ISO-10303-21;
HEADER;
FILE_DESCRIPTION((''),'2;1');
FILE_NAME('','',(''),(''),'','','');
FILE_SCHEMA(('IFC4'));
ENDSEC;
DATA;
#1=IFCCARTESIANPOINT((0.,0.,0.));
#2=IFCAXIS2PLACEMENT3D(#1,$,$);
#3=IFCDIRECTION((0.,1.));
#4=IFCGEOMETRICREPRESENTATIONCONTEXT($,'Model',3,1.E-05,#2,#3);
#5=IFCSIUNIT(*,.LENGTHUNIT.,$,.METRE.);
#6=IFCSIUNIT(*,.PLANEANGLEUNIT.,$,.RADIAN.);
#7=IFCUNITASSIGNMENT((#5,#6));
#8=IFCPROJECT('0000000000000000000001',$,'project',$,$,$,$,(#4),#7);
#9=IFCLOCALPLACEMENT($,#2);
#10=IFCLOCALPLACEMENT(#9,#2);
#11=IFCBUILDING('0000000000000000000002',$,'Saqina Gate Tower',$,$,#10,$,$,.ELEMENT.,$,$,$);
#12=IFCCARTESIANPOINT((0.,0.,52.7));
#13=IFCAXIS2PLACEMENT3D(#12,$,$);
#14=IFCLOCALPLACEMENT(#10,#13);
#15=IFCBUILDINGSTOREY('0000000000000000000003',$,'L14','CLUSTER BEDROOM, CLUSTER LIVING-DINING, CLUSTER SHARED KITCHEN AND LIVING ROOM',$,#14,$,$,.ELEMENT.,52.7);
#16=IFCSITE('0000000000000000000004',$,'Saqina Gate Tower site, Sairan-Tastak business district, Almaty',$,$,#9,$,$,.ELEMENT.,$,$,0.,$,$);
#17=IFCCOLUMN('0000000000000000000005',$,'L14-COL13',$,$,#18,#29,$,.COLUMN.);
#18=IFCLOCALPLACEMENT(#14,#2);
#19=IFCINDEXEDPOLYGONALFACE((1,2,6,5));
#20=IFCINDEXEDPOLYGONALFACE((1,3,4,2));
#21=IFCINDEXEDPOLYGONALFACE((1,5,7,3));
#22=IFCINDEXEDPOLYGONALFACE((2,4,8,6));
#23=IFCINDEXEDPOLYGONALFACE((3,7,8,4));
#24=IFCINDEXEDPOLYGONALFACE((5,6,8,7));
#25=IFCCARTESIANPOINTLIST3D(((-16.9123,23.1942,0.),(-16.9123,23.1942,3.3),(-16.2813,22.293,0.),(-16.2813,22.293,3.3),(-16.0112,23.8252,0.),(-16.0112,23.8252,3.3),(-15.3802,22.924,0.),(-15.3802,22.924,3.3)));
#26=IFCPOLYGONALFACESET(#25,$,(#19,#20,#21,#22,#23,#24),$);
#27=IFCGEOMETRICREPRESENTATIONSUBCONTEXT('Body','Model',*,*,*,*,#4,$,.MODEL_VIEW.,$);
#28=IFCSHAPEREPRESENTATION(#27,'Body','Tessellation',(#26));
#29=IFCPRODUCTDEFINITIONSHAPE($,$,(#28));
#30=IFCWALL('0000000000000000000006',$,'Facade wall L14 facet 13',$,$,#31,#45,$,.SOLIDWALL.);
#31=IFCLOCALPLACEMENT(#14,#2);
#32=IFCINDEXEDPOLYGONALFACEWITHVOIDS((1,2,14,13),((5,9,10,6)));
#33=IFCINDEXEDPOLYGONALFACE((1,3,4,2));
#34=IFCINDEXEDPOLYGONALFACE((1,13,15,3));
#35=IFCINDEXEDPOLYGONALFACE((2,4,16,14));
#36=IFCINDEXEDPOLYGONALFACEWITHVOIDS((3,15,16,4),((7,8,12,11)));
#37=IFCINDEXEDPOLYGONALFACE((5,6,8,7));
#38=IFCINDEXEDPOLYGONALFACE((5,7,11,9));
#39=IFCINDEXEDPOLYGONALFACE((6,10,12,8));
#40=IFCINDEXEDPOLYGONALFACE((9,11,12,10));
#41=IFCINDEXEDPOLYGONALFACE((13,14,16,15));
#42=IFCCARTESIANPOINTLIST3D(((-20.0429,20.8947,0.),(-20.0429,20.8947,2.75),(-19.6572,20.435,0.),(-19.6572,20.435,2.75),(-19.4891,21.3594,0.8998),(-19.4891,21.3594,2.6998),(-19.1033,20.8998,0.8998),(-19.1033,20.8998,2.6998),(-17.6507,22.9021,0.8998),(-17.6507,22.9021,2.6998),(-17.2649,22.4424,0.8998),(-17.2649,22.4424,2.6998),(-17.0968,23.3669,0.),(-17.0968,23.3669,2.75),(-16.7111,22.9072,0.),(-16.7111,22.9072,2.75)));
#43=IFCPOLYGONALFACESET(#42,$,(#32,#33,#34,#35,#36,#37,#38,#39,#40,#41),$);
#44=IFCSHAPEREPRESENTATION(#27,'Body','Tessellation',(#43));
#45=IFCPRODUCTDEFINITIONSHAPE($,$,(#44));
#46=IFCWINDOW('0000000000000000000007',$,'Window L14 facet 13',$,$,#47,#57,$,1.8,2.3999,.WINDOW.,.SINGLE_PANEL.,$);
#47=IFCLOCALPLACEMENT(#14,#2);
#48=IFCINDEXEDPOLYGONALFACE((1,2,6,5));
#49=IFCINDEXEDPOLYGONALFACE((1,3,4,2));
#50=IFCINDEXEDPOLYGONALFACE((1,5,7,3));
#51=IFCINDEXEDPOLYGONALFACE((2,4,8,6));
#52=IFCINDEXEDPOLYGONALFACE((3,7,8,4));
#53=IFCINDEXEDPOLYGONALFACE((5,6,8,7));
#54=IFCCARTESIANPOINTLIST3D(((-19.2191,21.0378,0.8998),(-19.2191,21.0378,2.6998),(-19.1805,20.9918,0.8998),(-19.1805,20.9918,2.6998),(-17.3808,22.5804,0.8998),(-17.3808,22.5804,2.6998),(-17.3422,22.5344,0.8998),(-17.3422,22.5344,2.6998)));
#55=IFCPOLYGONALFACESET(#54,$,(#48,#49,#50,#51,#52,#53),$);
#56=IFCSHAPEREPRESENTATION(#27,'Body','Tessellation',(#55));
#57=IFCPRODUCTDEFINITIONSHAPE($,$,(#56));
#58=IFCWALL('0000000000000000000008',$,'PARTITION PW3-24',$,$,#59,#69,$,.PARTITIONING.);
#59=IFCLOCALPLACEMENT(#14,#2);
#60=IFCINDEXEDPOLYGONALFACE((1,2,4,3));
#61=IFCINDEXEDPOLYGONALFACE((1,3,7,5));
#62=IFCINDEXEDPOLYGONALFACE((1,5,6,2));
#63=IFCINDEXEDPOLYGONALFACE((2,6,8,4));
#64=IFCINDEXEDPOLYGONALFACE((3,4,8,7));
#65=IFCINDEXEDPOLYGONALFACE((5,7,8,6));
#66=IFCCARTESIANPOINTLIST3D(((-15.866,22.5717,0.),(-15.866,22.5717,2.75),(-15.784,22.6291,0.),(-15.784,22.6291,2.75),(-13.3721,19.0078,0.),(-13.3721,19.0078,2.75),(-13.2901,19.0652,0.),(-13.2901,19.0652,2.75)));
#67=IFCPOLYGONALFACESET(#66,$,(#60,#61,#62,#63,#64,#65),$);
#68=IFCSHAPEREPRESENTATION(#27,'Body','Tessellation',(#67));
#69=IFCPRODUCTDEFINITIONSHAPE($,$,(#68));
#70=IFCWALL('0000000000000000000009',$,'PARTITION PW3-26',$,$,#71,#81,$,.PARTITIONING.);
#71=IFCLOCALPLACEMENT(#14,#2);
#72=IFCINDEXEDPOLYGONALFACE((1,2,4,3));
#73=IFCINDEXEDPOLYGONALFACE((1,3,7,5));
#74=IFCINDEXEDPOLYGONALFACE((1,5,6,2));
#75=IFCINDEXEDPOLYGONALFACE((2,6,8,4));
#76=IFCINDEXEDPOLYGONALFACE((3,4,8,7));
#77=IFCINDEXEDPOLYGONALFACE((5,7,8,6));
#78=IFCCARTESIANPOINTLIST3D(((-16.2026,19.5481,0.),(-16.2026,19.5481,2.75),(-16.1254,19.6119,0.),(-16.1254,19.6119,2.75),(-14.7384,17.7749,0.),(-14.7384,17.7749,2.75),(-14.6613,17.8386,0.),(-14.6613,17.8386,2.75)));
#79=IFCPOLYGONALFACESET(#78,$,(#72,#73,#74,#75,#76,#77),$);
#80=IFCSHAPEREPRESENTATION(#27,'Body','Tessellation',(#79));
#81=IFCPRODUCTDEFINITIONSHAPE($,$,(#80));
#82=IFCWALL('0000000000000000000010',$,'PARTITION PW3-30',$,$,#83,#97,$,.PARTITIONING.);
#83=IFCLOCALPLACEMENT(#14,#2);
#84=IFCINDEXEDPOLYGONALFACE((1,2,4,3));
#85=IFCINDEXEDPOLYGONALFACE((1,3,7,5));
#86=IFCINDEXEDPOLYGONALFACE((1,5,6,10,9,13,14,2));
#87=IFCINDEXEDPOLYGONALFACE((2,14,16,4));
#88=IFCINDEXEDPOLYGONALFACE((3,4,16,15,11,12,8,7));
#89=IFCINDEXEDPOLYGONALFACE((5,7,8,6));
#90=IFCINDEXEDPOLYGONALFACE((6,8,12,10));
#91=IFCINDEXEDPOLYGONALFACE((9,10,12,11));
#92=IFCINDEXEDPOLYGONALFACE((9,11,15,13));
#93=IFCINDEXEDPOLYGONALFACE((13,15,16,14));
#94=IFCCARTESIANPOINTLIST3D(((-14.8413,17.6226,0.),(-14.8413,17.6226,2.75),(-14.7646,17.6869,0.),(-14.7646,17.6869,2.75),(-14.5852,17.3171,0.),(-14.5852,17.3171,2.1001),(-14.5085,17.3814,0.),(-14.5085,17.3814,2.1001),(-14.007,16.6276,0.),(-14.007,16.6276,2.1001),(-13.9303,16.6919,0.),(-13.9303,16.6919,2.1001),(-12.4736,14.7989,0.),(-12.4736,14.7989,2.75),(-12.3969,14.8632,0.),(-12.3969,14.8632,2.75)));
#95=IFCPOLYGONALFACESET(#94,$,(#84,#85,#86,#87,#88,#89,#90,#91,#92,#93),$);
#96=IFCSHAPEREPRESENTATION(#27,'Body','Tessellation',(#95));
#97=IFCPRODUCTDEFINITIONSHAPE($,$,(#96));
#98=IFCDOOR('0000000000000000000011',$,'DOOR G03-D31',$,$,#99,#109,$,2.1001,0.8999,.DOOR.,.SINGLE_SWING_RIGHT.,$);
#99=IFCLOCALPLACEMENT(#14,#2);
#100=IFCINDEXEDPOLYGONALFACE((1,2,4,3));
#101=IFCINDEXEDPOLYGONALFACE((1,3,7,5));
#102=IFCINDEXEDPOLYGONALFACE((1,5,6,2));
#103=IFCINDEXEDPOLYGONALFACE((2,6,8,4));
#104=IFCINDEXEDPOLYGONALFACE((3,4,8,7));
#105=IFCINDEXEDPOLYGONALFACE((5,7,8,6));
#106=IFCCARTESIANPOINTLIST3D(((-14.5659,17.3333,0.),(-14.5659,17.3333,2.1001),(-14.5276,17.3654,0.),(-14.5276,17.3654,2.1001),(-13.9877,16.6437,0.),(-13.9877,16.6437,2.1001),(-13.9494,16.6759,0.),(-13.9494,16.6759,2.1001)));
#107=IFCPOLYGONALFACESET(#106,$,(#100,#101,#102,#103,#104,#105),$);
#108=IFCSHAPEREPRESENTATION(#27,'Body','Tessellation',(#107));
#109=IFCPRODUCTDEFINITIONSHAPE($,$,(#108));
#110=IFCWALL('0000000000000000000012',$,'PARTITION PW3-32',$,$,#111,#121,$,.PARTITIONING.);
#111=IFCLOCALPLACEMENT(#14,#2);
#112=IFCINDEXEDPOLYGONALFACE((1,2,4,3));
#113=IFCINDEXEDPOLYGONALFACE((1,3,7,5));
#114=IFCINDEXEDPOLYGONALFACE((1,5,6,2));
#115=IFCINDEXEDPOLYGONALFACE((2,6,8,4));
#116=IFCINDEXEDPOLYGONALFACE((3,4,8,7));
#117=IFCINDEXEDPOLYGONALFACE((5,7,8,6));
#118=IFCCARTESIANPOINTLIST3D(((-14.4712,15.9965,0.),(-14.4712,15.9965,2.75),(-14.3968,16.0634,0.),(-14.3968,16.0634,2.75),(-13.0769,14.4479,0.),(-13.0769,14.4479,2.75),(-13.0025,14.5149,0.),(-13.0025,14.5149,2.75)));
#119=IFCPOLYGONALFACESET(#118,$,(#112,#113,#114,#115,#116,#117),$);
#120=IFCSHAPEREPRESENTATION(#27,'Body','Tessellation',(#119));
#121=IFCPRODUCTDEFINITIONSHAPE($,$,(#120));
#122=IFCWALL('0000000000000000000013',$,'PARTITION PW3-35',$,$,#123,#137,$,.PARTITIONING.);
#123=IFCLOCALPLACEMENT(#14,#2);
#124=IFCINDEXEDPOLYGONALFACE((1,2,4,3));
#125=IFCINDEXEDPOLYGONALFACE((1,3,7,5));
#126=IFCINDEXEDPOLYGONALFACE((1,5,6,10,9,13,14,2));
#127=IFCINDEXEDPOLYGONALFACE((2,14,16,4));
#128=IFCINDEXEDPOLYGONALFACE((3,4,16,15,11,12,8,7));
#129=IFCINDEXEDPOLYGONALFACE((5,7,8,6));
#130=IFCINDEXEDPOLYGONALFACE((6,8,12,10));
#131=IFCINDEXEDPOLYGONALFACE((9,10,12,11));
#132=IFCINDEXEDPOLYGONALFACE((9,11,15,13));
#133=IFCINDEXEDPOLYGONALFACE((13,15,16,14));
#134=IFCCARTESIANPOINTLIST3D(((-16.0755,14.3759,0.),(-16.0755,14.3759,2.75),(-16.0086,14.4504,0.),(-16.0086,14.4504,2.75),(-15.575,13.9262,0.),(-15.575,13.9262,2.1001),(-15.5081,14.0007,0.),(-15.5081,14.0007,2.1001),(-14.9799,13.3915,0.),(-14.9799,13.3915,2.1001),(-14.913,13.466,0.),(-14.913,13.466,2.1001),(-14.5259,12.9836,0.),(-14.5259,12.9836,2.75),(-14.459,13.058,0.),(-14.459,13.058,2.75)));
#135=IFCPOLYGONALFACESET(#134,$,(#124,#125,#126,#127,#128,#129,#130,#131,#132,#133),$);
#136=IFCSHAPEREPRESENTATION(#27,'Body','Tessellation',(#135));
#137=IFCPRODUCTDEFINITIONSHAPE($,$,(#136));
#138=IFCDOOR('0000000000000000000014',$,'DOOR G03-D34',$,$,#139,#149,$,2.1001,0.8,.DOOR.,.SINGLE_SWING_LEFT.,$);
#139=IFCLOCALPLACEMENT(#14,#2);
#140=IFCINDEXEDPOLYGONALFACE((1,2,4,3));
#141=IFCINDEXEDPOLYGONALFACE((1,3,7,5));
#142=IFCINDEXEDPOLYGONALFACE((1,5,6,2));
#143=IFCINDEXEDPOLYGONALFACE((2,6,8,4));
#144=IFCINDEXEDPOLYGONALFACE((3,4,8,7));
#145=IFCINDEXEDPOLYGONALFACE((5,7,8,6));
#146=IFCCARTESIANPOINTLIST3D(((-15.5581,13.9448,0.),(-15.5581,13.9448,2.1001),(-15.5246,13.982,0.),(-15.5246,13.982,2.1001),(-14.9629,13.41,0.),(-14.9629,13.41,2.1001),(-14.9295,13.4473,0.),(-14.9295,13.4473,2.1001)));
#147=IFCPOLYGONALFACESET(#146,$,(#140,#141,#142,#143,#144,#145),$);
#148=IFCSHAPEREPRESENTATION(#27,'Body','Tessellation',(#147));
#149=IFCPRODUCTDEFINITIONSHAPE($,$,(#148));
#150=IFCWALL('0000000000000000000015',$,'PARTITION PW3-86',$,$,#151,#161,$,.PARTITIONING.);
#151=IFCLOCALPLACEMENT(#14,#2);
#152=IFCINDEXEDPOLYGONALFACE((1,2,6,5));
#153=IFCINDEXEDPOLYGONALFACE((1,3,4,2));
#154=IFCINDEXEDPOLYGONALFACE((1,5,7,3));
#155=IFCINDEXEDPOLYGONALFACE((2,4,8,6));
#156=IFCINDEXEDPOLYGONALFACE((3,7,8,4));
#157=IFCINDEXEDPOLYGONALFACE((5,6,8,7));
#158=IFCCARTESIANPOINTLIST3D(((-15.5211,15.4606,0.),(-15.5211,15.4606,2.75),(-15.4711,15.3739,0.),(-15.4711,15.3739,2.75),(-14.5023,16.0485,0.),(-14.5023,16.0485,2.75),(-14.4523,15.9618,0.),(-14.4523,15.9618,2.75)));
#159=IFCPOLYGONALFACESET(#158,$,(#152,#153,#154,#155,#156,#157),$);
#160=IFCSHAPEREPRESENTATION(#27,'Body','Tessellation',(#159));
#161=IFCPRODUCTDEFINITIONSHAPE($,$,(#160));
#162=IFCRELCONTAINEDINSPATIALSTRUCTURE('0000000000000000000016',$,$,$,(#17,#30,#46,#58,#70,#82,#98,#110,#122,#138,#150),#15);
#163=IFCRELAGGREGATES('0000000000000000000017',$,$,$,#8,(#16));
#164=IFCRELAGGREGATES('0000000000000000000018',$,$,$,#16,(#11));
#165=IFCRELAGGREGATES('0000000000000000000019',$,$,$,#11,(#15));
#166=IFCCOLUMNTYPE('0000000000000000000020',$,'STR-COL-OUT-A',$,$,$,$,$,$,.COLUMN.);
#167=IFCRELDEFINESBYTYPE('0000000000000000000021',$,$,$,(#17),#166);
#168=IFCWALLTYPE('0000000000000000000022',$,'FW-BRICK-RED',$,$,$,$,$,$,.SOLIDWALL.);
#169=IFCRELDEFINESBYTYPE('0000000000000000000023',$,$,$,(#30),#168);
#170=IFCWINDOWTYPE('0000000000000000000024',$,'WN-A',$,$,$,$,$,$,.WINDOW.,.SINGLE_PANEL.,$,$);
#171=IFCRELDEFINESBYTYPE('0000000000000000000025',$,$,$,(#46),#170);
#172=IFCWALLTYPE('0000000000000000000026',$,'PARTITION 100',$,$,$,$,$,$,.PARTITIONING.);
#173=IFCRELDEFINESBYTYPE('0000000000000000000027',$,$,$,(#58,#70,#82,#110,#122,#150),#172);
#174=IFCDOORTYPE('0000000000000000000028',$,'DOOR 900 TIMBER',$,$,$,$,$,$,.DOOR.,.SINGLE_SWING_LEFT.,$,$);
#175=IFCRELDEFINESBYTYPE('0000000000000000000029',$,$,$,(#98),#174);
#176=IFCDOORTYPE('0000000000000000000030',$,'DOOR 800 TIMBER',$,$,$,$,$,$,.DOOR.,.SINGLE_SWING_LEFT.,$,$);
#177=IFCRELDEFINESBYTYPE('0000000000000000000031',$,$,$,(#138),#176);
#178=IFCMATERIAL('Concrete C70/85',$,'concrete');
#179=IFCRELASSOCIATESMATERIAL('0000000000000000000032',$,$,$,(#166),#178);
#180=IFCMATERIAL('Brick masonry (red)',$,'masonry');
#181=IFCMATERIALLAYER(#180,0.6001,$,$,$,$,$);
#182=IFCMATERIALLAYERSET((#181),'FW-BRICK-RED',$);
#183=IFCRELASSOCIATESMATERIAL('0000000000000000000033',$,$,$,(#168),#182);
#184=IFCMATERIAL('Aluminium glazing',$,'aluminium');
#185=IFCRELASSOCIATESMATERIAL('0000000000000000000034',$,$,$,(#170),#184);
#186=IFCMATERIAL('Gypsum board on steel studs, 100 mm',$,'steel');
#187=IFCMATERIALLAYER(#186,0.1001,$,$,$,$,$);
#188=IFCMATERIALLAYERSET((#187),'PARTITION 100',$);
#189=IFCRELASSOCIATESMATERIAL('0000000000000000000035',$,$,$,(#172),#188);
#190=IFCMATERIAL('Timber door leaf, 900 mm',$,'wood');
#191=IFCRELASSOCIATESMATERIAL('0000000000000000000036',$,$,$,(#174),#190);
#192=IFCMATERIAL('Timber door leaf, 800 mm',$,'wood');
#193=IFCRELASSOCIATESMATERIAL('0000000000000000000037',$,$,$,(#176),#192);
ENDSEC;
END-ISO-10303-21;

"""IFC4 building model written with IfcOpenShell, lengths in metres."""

from ifc_helpers import new_model, si_unit, direction, frame, frame_2d, origin, origin_2d, place, context, subcontext, project, spatial, rectangle, extrude, material, layer, layer_set, material_profile, profile_set, type_object, element, fill, save


model = new_model("IFC4")

# Units and contexts
model_context = context("Model", 3, precision=1e-05, world=origin(), true_north=direction((0.0, 1.0)))
body_context = subcontext(model_context, "Body", "Model", "MODEL_VIEW")
ifc_project = project(units=[si_unit("LENGTHUNIT", "METRE"), si_unit("PLANEANGLEUNIT", "RADIAN")], contexts=[model_context])

# Site, building, storey
site_placement = place(None, origin())
site = spatial("IfcSite", under=ifc_project, at=site_placement, Name="Saqina Gate Tower site, Sairan-Tastak business district, Almaty", CompositionType="ELEMENT", RefElevation=0.0)
building_placement = place(site_placement, origin())
building = spatial("IfcBuilding", under=site, at=building_placement, Name="Saqina Gate Tower", CompositionType="ELEMENT")
storey_placement = place(building_placement, frame((0.0, 0.0, 52.7)))
storey = spatial("IfcBuildingStorey", under=building, at=storey_placement, Name="L14", Description="CLUSTER BEDROOM, CLUSTER LIVING-DINING, CLUSTER SHARED KITCHEN AND LIVING ROOM", CompositionType="ELEMENT", Elevation=52.7)

# Column
ifc_material_1 = material(Name="Concrete C70/85", Category="concrete")
ifc_material_profile = material_profile(ifc_material_1, rectangle(XDim=1.1001, YDim=1.1001, at=origin_2d()), Name="RC 1100x1100")
ifc_profile_set = profile_set([ifc_material_profile], Name="Concrete C70/85")
column_type = type_object("IfcColumnType", Name="STR-COL-OUT-A", PredefinedType="COLUMN", material=ifc_profile_set)
column_placement = place(storey_placement, frame((-16.1462, 23.0591, 0.0), z_axis=(0.0, 0.0, 1.0), x_axis=(-0.573576, 0.819152, 0.0)))
element("IfcColumn", 1, at=column_placement, inside=storey, type_object=column_type, Name="L14-COL13", PredefinedType="COLUMN", context=body_context, shape_type="SweptSolid", body=[
    extrude(rectangle(XDim=1.1001, YDim=1.1001, at=origin_2d()), origin(), (0.0, 0.0, 1.0), 3.3),
])

# Wall, opening, window
ifc_material_2 = material(Name="Brick masonry (red)", Category="masonry")
ifc_layer_1 = layer(ifc_material_2, 0.6001)
ifc_layer_set_1 = layer_set([ifc_layer_1], Name="FW-BRICK-RED")
wall_type_1 = type_object("IfcWallType", Name="FW-BRICK-RED", PredefinedType="SOLIDWALL", material=ifc_layer_set_1)
wall_1_placement = place(storey_placement, frame((-16.9041, 23.137, 0.0), z_axis=(0.0, 0.0, 1.0), x_axis=(-0.766026, -0.642809, 0.0)))
wall_1 = element("IfcWall", 2, at=wall_1_placement, inside=storey, type_object=wall_type_1, Name="Facade wall L14 facet 13", PredefinedType="SOLIDWALL", context=body_context, shape_type="SweptSolid", body=[
    extrude(rectangle(XDim=3.8459, YDim=0.6001, at=frame_2d((1.9229, 0.0))), origin(), (0.0, 0.0, 1.0), 2.75),
])
opening_1_placement = place(wall_1_placement, frame((0.7229, 0.0, 0.8999)))
opening_1 = element("IfcOpeningElement", 3, at=opening_1_placement, cuts=wall_1, PredefinedType="OPENING", context=body_context, shape_type="SweptSolid", body=[
    extrude(rectangle(XDim=2.3999, YDim=1.8, at=frame_2d((1.2, 0.8999))), frame((0.0, 0.312, 0.0), z_axis=(0.0, -1.0, 0.0), x_axis=(1.0, 0.0, 0.0)), (0.0, 0.0, 1.0), 0.624),
])
ifc_material_3 = material(Name="Aluminium glazing", Category="aluminium")
window_type = type_object("IfcWindowType", Name="WN-A", PartitioningType="SINGLE_PANEL", PredefinedType="WINDOW", material=ifc_material_3)
window_placement = place(opening_1_placement, origin())
window = element("IfcWindow", 4, at=window_placement, inside=storey, type_object=window_type, Name="Window L14 facet 13", OverallHeight=1.8, OverallWidth=2.3999, PartitioningType="SINGLE_PANEL", PredefinedType="WINDOW", context=body_context, shape_type="SweptSolid", body=[
    extrude(rectangle(XDim=2.3999, YDim=1.8, at=frame_2d((1.2, 0.8999))), frame((0.0, 0.1799, 0.0), z_axis=(0.0, -1.0, 0.0), x_axis=(1.0, 0.0, 0.0)), (0.0, 0.0, 1.0), 0.0601),
])
fill(opening_1, window)

# Walls
ifc_material_4 = material(Name="Gypsum board on steel studs, 100 mm", Category="steel")
ifc_layer_2 = layer(ifc_material_4, 0.1001)
ifc_layer_set_2 = layer_set([ifc_layer_2], Name="PARTITION 100")
wall_type_2 = type_object("IfcWallType", Name="PARTITION 100", PredefinedType="PARTITIONING", material=ifc_layer_set_2)
wall_2_placement = place(storey_placement, frame((-15.825, 22.6003, 0.0), z_axis=(0.0, 0.0, 1.0), x_axis=(0.573327, -0.819327, 0.0)))
element("IfcWall", 5, at=wall_2_placement, inside=storey, type_object=wall_type_2, Name="PARTITION PW3-24", PredefinedType="PARTITIONING", context=body_context, shape_type="SweptSolid", body=[
    extrude(rectangle(XDim=4.3499, YDim=0.1001, at=frame_2d((2.1748, 0.0))), origin(), (0.0, 0.0, 1.0), 2.75),
])
wall_3_placement = place(storey_placement, frame((-16.1641, 19.5801, 0.0), z_axis=(0.0, 0.0, 1.0), x_axis=(0.6367, -0.771111, 0.0)))
element("IfcWall", 6, at=wall_3_placement, inside=storey, type_object=wall_type_2, Name="PARTITION PW3-26", PredefinedType="PARTITIONING", context=body_context, shape_type="SweptSolid", body=[
    extrude(rectangle(XDim=2.2996, YDim=0.1001, at=frame_2d((1.1499, 0.0))), origin(), (0.0, 0.0, 1.0), 2.75),
])

# Wall, opening, door
wall_4_placement = place(storey_placement, frame((-14.803, 17.6548, 0.0), z_axis=(0.0, 0.0, 1.0), x_axis=(0.642514, -0.766274, 0.0)))
wall_4 = element("IfcWall", 7, at=wall_4_placement, inside=storey, type_object=wall_type_2, Name="PARTITION PW3-30", PredefinedType="PARTITIONING", context=body_context, shape_type="SweptSolid", body=[
    extrude(rectangle(XDim=3.6851, YDim=0.1001, at=frame_2d((1.8425, 0.0))), origin(), (0.0, 0.0, 1.0), 2.75),
])
opening_2_placement = place(wall_4_placement, frame((0.3987, 0.0, 0.0)))
opening_2 = element("IfcOpeningElement", 8, at=opening_2_placement, cuts=wall_4, PredefinedType="OPENING", context=body_context, shape_type="SweptSolid", body=[
    extrude(rectangle(XDim=0.8999, YDim=2.1001, at=frame_2d((0.45, 1.05))), frame((0.0, 0.062, 0.0), z_axis=(0.0, -1.0, 0.0), x_axis=(1.0, 0.0, 0.0)), (0.0, 0.0, 1.0), 0.124),
])
ifc_material_5 = material(Name="Timber door leaf, 900 mm", Category="wood")
door_type_1 = type_object("IfcDoorType", Name="DOOR 900 TIMBER", OperationType="SINGLE_SWING_LEFT", PredefinedType="DOOR", material=ifc_material_5)
door_1_placement = place(opening_2_placement, frame((0.8999, 0.0, 0.0), z_axis=(0.0, 0.0, 1.0), x_axis=(-1.0, 0.0, 0.0)))
door_1 = element("IfcDoor", 9, at=door_1_placement, inside=storey, type_object=door_type_1, Name="DOOR G03-D31", OperationType="SINGLE_SWING_RIGHT", OverallHeight=2.1001, OverallWidth=0.8999, PredefinedType="DOOR", context=body_context, shape_type="SweptSolid", body=[
    extrude(rectangle(XDim=0.8999, YDim=2.1001, at=frame_2d((0.45, 1.05))), frame((0.0, 0.0249, 0.0), z_axis=(0.0, -1.0, 0.0), x_axis=(1.0, 0.0, 0.0)), (0.0, 0.0, 1.0), 0.05),
])
fill(opening_2, door_1)

# Wall
wall_5_placement = place(storey_placement, frame((-14.4341, 16.03, 0.0), z_axis=(0.0, 0.0, 1.0), x_axis=(0.669114, -0.74316, 0.0)))
element("IfcWall", 10, at=wall_5_placement, inside=storey, type_object=wall_type_2, Name="PARTITION PW3-32", PredefinedType="PARTITIONING", context=body_context, shape_type="SweptSolid", body=[
    extrude(rectangle(XDim=2.0837, YDim=0.1001, at=frame_2d((1.042, 0.0))), origin(), (0.0, 0.0, 1.0), 2.75),
])

# Wall, opening, door
wall_6_placement = place(storey_placement, frame((-16.042, 14.4131, 0.0), z_axis=(0.0, 0.0, 1.0), x_axis=(0.743836, -0.668362, 0.0)))
wall_6 = element("IfcWall", 11, at=wall_6_placement, inside=storey, type_object=wall_type_2, Name="PARTITION PW3-35", PredefinedType="PARTITIONING", context=body_context, shape_type="SweptSolid", body=[
    extrude(rectangle(XDim=2.0833, YDim=0.1001, at=frame_2d((1.0415, 0.0))), origin(), (0.0, 0.0, 1.0), 2.75),
])
opening_3_placement = place(wall_6_placement, frame((0.6729, 0.0, 0.0)))
opening_3 = element("IfcOpeningElement", 12, at=opening_3_placement, cuts=wall_6, PredefinedType="OPENING", context=body_context, shape_type="SweptSolid", body=[
    extrude(rectangle(XDim=0.8, YDim=2.1001, at=frame_2d((0.3999, 1.05))), frame((0.0, 0.062, 0.0), z_axis=(0.0, -1.0, 0.0), x_axis=(1.0, 0.0, 0.0)), (0.0, 0.0, 1.0), 0.124),
])
ifc_material_6 = material(Name="Timber door leaf, 800 mm", Category="wood")
door_type_2 = type_object("IfcDoorType", Name="DOOR 800 TIMBER", OperationType="SINGLE_SWING_LEFT", PredefinedType="DOOR", material=ifc_material_6)
door_2_placement = place(opening_3_placement, frame((0.8, 0.0, 0.0), z_axis=(0.0, 0.0, 1.0), x_axis=(-1.0, 0.0, 0.0)))
door_2 = element("IfcDoor", 13, at=door_2_placement, inside=storey, type_object=door_type_2, Name="DOOR G03-D34", OperationType="SINGLE_SWING_LEFT", OverallHeight=2.1001, OverallWidth=0.8, PredefinedType="DOOR", context=body_context, shape_type="SweptSolid", body=[
    extrude(rectangle(XDim=0.8, YDim=2.1001, at=frame_2d((0.3999, 1.05))), frame((0.0, 0.0249, 0.0), z_axis=(0.0, -1.0, 0.0), x_axis=(1.0, 0.0, 0.0)), (0.0, 0.0, 1.0), 0.05),
])
fill(opening_3, door_2)

# Wall
wall_7_placement = place(storey_placement, frame((-15.4961, 15.4172, 0.0), z_axis=(0.0, 0.0, 1.0), x_axis=(0.866141, 0.4998, 0.0)))
element("IfcWall", 14, at=wall_7_placement, inside=storey, type_object=wall_type_2, Name="PARTITION PW3-86", PredefinedType="PARTITIONING", context=body_context, shape_type="SweptSolid", body=[
    extrude(rectangle(XDim=1.1763, YDim=0.1001, at=frame_2d((0.5881, 0.0))), origin(), (0.0, 0.0, 1.0), 2.75),
])

save(model, "model.ifc")
